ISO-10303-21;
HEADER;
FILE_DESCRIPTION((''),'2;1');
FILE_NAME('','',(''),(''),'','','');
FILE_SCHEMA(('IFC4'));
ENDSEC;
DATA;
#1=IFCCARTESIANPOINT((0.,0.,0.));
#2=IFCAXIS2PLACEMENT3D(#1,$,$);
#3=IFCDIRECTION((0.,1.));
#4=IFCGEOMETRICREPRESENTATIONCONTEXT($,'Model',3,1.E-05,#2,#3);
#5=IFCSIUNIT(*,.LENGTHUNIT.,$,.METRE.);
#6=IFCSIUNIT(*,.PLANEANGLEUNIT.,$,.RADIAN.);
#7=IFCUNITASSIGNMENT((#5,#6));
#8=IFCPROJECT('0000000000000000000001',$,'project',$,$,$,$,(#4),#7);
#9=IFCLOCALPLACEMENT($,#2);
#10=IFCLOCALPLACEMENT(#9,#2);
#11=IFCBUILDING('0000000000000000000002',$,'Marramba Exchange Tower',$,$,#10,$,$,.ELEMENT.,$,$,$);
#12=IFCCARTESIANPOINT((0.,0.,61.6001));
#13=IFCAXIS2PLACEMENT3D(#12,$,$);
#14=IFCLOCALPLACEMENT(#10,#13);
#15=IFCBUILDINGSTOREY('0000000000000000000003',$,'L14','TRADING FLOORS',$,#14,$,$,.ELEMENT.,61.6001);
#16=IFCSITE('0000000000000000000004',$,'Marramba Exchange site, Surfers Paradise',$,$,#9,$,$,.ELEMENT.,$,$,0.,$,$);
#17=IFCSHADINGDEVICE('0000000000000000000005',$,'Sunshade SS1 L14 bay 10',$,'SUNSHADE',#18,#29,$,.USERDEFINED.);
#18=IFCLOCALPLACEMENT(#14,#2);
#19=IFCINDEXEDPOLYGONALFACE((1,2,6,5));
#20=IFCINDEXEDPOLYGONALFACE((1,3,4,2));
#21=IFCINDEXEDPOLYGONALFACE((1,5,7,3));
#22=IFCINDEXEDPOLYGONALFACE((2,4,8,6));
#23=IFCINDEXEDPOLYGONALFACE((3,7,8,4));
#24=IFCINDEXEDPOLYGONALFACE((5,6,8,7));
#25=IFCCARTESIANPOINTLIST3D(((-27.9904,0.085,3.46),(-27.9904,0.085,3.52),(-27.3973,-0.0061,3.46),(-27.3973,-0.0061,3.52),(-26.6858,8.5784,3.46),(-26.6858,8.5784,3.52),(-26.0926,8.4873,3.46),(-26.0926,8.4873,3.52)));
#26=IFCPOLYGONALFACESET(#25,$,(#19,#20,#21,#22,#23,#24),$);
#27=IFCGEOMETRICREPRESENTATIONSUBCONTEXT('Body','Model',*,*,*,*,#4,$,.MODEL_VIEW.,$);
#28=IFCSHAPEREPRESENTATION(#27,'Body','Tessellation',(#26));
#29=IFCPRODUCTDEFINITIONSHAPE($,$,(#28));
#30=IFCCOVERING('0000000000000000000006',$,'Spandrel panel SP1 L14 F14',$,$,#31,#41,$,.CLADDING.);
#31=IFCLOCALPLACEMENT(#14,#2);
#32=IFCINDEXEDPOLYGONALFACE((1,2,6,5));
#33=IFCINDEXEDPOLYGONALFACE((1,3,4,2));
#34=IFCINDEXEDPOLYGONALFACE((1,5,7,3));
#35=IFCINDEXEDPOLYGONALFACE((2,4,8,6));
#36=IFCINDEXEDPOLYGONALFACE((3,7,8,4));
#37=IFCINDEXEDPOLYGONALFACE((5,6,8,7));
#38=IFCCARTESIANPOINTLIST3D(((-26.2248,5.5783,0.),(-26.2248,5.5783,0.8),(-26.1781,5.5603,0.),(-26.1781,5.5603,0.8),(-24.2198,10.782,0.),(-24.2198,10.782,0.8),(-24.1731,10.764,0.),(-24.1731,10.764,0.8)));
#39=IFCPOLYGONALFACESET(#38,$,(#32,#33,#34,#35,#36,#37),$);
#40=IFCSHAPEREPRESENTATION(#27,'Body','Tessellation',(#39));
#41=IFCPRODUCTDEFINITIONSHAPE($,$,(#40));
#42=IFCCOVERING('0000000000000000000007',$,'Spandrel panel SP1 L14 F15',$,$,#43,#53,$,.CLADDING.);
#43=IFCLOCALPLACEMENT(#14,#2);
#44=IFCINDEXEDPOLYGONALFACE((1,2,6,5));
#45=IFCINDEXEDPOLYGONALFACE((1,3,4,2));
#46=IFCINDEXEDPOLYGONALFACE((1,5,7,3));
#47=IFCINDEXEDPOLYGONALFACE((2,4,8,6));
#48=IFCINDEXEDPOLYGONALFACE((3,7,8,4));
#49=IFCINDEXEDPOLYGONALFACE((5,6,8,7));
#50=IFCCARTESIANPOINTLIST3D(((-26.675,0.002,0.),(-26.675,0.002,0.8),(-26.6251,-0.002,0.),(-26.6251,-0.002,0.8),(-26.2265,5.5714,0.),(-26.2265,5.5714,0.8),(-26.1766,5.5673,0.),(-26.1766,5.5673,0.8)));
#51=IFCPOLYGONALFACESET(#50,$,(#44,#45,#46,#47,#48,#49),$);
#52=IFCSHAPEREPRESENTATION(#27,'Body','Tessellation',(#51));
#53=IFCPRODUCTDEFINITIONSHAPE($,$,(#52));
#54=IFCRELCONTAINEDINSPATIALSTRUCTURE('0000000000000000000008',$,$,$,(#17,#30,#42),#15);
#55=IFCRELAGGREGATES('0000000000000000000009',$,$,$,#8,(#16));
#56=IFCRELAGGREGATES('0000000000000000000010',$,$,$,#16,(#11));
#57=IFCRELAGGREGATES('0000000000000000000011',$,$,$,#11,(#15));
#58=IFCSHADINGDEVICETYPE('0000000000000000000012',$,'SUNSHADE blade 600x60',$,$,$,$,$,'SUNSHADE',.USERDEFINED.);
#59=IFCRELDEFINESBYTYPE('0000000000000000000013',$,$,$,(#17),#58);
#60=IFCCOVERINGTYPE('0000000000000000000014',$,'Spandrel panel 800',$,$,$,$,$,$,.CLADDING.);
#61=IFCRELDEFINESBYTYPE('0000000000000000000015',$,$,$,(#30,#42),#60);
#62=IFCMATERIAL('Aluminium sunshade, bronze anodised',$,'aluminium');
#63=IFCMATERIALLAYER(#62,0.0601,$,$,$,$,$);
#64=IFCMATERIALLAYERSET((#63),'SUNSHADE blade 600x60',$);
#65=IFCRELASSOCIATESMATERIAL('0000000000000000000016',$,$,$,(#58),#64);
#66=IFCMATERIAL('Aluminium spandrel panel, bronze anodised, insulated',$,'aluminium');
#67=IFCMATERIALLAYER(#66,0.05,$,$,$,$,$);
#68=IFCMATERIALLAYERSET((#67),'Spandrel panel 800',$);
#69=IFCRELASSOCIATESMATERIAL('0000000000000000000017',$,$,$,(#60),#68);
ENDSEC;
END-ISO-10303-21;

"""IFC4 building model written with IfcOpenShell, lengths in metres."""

from ifc_helpers import new_model, si_unit, direction, frame, origin, origin_2d, place, context, subcontext, project, spatial, rectangle, extrude, material, layer, layer_set, type_object, element, save


model = new_model("IFC4")

# Units and contexts
model_context = context("Model", 3, precision=1e-05, world=origin(), true_north=direction((0.0, 1.0)))
body_context = subcontext(model_context, "Body", "Model", "MODEL_VIEW")
ifc_project = project(units=[si_unit("LENGTHUNIT", "METRE"), si_unit("PLANEANGLEUNIT", "RADIAN")], contexts=[model_context])

# Site, building, storey
site_placement = place(None, origin())
site = spatial("IfcSite", under=ifc_project, at=site_placement, Name="Marramba Exchange site, Surfers Paradise", CompositionType="ELEMENT", RefElevation=0.0)
building_placement = place(site_placement, origin())
building = spatial("IfcBuilding", under=site, at=building_placement, Name="Marramba Exchange Tower", CompositionType="ELEMENT")
storey_placement = place(building_placement, frame((0.0, 0.0, 61.6001)))
storey = spatial("IfcBuildingStorey", under=building, at=storey_placement, Name="L14", Description="TRADING FLOORS", CompositionType="ELEMENT", Elevation=61.6001)

# Shading device
ifc_material_1 = material(Name="Aluminium sunshade, bronze anodised", Category="aluminium")
ifc_layer_1 = layer(ifc_material_1, 0.0601)
ifc_layer_set_1 = layer_set([ifc_layer_1], Name="SUNSHADE blade 600x60")
shading_device_type_1 = type_object("IfcShadingDeviceType", Name="SUNSHADE blade 600x60", ElementType="SUNSHADE", PredefinedType="USERDEFINED", material=ifc_layer_set_1)
shading_device_1_placement = place(storey_placement, frame((-27.0415, 4.2861, 3.46), z_axis=(0.0, 0.0, 1.0), x_axis=(-0.151825, -0.988407, 0.0)))
element("IfcShadingDevice", 1, at=shading_device_1_placement, inside=storey, type_object=shading_device_type_1, Name="Sunshade SS1 L14 bay 10", ObjectType="SUNSHADE", PredefinedType="USERDEFINED", context=body_context, shape_type="SweptSolid", body=[
    extrude(rectangle(XDim=8.593, YDim=0.6001, at=origin_2d()), origin(), (0.0, 0.0, 1.0), 0.0601),
])

# Coverings
ifc_material_2 = material(Name="Aluminium spandrel panel, bronze anodised, insulated", Category="aluminium")
ifc_layer_2 = layer(ifc_material_2, 0.05)
ifc_layer_set_2 = layer_set([ifc_layer_2], Name="Spandrel panel 800")
covering_type = type_object("IfcCoveringType", Name="Spandrel panel 800", PredefinedType="CLADDING", material=ifc_layer_set_2)
covering_1_placement = place(storey_placement, frame((-25.199, 8.1711, 0.0), z_axis=(0.0, 0.0, 1.0), x_axis=(-0.359526, -0.933135, 0.0)))
element("IfcCovering", 2, at=covering_1_placement, inside=storey, type_object=covering_type, Name="Spandrel panel SP1 L14 F14", PredefinedType="CLADDING", context=body_context, shape_type="SweptSolid", body=[
    extrude(rectangle(XDim=5.5767, YDim=0.05, at=origin_2d()), origin(), (0.0, 0.0, 1.0), 0.8),
])
covering_2_placement = place(storey_placement, frame((-26.4258, 2.7847, 0.0), z_axis=(0.0, 0.0, 1.0), x_axis=(-0.080275, -0.996773, 0.0)))
element("IfcCovering", 3, at=covering_2_placement, inside=storey, type_object=covering_type, Name="Spandrel panel SP1 L14 F15", PredefinedType="CLADDING", context=body_context, shape_type="SweptSolid", body=[
    extrude(rectangle(XDim=5.5874, YDim=0.05, at=origin_2d()), origin(), (0.0, 0.0, 1.0), 0.8),
])

save(model, "model.ifc")
